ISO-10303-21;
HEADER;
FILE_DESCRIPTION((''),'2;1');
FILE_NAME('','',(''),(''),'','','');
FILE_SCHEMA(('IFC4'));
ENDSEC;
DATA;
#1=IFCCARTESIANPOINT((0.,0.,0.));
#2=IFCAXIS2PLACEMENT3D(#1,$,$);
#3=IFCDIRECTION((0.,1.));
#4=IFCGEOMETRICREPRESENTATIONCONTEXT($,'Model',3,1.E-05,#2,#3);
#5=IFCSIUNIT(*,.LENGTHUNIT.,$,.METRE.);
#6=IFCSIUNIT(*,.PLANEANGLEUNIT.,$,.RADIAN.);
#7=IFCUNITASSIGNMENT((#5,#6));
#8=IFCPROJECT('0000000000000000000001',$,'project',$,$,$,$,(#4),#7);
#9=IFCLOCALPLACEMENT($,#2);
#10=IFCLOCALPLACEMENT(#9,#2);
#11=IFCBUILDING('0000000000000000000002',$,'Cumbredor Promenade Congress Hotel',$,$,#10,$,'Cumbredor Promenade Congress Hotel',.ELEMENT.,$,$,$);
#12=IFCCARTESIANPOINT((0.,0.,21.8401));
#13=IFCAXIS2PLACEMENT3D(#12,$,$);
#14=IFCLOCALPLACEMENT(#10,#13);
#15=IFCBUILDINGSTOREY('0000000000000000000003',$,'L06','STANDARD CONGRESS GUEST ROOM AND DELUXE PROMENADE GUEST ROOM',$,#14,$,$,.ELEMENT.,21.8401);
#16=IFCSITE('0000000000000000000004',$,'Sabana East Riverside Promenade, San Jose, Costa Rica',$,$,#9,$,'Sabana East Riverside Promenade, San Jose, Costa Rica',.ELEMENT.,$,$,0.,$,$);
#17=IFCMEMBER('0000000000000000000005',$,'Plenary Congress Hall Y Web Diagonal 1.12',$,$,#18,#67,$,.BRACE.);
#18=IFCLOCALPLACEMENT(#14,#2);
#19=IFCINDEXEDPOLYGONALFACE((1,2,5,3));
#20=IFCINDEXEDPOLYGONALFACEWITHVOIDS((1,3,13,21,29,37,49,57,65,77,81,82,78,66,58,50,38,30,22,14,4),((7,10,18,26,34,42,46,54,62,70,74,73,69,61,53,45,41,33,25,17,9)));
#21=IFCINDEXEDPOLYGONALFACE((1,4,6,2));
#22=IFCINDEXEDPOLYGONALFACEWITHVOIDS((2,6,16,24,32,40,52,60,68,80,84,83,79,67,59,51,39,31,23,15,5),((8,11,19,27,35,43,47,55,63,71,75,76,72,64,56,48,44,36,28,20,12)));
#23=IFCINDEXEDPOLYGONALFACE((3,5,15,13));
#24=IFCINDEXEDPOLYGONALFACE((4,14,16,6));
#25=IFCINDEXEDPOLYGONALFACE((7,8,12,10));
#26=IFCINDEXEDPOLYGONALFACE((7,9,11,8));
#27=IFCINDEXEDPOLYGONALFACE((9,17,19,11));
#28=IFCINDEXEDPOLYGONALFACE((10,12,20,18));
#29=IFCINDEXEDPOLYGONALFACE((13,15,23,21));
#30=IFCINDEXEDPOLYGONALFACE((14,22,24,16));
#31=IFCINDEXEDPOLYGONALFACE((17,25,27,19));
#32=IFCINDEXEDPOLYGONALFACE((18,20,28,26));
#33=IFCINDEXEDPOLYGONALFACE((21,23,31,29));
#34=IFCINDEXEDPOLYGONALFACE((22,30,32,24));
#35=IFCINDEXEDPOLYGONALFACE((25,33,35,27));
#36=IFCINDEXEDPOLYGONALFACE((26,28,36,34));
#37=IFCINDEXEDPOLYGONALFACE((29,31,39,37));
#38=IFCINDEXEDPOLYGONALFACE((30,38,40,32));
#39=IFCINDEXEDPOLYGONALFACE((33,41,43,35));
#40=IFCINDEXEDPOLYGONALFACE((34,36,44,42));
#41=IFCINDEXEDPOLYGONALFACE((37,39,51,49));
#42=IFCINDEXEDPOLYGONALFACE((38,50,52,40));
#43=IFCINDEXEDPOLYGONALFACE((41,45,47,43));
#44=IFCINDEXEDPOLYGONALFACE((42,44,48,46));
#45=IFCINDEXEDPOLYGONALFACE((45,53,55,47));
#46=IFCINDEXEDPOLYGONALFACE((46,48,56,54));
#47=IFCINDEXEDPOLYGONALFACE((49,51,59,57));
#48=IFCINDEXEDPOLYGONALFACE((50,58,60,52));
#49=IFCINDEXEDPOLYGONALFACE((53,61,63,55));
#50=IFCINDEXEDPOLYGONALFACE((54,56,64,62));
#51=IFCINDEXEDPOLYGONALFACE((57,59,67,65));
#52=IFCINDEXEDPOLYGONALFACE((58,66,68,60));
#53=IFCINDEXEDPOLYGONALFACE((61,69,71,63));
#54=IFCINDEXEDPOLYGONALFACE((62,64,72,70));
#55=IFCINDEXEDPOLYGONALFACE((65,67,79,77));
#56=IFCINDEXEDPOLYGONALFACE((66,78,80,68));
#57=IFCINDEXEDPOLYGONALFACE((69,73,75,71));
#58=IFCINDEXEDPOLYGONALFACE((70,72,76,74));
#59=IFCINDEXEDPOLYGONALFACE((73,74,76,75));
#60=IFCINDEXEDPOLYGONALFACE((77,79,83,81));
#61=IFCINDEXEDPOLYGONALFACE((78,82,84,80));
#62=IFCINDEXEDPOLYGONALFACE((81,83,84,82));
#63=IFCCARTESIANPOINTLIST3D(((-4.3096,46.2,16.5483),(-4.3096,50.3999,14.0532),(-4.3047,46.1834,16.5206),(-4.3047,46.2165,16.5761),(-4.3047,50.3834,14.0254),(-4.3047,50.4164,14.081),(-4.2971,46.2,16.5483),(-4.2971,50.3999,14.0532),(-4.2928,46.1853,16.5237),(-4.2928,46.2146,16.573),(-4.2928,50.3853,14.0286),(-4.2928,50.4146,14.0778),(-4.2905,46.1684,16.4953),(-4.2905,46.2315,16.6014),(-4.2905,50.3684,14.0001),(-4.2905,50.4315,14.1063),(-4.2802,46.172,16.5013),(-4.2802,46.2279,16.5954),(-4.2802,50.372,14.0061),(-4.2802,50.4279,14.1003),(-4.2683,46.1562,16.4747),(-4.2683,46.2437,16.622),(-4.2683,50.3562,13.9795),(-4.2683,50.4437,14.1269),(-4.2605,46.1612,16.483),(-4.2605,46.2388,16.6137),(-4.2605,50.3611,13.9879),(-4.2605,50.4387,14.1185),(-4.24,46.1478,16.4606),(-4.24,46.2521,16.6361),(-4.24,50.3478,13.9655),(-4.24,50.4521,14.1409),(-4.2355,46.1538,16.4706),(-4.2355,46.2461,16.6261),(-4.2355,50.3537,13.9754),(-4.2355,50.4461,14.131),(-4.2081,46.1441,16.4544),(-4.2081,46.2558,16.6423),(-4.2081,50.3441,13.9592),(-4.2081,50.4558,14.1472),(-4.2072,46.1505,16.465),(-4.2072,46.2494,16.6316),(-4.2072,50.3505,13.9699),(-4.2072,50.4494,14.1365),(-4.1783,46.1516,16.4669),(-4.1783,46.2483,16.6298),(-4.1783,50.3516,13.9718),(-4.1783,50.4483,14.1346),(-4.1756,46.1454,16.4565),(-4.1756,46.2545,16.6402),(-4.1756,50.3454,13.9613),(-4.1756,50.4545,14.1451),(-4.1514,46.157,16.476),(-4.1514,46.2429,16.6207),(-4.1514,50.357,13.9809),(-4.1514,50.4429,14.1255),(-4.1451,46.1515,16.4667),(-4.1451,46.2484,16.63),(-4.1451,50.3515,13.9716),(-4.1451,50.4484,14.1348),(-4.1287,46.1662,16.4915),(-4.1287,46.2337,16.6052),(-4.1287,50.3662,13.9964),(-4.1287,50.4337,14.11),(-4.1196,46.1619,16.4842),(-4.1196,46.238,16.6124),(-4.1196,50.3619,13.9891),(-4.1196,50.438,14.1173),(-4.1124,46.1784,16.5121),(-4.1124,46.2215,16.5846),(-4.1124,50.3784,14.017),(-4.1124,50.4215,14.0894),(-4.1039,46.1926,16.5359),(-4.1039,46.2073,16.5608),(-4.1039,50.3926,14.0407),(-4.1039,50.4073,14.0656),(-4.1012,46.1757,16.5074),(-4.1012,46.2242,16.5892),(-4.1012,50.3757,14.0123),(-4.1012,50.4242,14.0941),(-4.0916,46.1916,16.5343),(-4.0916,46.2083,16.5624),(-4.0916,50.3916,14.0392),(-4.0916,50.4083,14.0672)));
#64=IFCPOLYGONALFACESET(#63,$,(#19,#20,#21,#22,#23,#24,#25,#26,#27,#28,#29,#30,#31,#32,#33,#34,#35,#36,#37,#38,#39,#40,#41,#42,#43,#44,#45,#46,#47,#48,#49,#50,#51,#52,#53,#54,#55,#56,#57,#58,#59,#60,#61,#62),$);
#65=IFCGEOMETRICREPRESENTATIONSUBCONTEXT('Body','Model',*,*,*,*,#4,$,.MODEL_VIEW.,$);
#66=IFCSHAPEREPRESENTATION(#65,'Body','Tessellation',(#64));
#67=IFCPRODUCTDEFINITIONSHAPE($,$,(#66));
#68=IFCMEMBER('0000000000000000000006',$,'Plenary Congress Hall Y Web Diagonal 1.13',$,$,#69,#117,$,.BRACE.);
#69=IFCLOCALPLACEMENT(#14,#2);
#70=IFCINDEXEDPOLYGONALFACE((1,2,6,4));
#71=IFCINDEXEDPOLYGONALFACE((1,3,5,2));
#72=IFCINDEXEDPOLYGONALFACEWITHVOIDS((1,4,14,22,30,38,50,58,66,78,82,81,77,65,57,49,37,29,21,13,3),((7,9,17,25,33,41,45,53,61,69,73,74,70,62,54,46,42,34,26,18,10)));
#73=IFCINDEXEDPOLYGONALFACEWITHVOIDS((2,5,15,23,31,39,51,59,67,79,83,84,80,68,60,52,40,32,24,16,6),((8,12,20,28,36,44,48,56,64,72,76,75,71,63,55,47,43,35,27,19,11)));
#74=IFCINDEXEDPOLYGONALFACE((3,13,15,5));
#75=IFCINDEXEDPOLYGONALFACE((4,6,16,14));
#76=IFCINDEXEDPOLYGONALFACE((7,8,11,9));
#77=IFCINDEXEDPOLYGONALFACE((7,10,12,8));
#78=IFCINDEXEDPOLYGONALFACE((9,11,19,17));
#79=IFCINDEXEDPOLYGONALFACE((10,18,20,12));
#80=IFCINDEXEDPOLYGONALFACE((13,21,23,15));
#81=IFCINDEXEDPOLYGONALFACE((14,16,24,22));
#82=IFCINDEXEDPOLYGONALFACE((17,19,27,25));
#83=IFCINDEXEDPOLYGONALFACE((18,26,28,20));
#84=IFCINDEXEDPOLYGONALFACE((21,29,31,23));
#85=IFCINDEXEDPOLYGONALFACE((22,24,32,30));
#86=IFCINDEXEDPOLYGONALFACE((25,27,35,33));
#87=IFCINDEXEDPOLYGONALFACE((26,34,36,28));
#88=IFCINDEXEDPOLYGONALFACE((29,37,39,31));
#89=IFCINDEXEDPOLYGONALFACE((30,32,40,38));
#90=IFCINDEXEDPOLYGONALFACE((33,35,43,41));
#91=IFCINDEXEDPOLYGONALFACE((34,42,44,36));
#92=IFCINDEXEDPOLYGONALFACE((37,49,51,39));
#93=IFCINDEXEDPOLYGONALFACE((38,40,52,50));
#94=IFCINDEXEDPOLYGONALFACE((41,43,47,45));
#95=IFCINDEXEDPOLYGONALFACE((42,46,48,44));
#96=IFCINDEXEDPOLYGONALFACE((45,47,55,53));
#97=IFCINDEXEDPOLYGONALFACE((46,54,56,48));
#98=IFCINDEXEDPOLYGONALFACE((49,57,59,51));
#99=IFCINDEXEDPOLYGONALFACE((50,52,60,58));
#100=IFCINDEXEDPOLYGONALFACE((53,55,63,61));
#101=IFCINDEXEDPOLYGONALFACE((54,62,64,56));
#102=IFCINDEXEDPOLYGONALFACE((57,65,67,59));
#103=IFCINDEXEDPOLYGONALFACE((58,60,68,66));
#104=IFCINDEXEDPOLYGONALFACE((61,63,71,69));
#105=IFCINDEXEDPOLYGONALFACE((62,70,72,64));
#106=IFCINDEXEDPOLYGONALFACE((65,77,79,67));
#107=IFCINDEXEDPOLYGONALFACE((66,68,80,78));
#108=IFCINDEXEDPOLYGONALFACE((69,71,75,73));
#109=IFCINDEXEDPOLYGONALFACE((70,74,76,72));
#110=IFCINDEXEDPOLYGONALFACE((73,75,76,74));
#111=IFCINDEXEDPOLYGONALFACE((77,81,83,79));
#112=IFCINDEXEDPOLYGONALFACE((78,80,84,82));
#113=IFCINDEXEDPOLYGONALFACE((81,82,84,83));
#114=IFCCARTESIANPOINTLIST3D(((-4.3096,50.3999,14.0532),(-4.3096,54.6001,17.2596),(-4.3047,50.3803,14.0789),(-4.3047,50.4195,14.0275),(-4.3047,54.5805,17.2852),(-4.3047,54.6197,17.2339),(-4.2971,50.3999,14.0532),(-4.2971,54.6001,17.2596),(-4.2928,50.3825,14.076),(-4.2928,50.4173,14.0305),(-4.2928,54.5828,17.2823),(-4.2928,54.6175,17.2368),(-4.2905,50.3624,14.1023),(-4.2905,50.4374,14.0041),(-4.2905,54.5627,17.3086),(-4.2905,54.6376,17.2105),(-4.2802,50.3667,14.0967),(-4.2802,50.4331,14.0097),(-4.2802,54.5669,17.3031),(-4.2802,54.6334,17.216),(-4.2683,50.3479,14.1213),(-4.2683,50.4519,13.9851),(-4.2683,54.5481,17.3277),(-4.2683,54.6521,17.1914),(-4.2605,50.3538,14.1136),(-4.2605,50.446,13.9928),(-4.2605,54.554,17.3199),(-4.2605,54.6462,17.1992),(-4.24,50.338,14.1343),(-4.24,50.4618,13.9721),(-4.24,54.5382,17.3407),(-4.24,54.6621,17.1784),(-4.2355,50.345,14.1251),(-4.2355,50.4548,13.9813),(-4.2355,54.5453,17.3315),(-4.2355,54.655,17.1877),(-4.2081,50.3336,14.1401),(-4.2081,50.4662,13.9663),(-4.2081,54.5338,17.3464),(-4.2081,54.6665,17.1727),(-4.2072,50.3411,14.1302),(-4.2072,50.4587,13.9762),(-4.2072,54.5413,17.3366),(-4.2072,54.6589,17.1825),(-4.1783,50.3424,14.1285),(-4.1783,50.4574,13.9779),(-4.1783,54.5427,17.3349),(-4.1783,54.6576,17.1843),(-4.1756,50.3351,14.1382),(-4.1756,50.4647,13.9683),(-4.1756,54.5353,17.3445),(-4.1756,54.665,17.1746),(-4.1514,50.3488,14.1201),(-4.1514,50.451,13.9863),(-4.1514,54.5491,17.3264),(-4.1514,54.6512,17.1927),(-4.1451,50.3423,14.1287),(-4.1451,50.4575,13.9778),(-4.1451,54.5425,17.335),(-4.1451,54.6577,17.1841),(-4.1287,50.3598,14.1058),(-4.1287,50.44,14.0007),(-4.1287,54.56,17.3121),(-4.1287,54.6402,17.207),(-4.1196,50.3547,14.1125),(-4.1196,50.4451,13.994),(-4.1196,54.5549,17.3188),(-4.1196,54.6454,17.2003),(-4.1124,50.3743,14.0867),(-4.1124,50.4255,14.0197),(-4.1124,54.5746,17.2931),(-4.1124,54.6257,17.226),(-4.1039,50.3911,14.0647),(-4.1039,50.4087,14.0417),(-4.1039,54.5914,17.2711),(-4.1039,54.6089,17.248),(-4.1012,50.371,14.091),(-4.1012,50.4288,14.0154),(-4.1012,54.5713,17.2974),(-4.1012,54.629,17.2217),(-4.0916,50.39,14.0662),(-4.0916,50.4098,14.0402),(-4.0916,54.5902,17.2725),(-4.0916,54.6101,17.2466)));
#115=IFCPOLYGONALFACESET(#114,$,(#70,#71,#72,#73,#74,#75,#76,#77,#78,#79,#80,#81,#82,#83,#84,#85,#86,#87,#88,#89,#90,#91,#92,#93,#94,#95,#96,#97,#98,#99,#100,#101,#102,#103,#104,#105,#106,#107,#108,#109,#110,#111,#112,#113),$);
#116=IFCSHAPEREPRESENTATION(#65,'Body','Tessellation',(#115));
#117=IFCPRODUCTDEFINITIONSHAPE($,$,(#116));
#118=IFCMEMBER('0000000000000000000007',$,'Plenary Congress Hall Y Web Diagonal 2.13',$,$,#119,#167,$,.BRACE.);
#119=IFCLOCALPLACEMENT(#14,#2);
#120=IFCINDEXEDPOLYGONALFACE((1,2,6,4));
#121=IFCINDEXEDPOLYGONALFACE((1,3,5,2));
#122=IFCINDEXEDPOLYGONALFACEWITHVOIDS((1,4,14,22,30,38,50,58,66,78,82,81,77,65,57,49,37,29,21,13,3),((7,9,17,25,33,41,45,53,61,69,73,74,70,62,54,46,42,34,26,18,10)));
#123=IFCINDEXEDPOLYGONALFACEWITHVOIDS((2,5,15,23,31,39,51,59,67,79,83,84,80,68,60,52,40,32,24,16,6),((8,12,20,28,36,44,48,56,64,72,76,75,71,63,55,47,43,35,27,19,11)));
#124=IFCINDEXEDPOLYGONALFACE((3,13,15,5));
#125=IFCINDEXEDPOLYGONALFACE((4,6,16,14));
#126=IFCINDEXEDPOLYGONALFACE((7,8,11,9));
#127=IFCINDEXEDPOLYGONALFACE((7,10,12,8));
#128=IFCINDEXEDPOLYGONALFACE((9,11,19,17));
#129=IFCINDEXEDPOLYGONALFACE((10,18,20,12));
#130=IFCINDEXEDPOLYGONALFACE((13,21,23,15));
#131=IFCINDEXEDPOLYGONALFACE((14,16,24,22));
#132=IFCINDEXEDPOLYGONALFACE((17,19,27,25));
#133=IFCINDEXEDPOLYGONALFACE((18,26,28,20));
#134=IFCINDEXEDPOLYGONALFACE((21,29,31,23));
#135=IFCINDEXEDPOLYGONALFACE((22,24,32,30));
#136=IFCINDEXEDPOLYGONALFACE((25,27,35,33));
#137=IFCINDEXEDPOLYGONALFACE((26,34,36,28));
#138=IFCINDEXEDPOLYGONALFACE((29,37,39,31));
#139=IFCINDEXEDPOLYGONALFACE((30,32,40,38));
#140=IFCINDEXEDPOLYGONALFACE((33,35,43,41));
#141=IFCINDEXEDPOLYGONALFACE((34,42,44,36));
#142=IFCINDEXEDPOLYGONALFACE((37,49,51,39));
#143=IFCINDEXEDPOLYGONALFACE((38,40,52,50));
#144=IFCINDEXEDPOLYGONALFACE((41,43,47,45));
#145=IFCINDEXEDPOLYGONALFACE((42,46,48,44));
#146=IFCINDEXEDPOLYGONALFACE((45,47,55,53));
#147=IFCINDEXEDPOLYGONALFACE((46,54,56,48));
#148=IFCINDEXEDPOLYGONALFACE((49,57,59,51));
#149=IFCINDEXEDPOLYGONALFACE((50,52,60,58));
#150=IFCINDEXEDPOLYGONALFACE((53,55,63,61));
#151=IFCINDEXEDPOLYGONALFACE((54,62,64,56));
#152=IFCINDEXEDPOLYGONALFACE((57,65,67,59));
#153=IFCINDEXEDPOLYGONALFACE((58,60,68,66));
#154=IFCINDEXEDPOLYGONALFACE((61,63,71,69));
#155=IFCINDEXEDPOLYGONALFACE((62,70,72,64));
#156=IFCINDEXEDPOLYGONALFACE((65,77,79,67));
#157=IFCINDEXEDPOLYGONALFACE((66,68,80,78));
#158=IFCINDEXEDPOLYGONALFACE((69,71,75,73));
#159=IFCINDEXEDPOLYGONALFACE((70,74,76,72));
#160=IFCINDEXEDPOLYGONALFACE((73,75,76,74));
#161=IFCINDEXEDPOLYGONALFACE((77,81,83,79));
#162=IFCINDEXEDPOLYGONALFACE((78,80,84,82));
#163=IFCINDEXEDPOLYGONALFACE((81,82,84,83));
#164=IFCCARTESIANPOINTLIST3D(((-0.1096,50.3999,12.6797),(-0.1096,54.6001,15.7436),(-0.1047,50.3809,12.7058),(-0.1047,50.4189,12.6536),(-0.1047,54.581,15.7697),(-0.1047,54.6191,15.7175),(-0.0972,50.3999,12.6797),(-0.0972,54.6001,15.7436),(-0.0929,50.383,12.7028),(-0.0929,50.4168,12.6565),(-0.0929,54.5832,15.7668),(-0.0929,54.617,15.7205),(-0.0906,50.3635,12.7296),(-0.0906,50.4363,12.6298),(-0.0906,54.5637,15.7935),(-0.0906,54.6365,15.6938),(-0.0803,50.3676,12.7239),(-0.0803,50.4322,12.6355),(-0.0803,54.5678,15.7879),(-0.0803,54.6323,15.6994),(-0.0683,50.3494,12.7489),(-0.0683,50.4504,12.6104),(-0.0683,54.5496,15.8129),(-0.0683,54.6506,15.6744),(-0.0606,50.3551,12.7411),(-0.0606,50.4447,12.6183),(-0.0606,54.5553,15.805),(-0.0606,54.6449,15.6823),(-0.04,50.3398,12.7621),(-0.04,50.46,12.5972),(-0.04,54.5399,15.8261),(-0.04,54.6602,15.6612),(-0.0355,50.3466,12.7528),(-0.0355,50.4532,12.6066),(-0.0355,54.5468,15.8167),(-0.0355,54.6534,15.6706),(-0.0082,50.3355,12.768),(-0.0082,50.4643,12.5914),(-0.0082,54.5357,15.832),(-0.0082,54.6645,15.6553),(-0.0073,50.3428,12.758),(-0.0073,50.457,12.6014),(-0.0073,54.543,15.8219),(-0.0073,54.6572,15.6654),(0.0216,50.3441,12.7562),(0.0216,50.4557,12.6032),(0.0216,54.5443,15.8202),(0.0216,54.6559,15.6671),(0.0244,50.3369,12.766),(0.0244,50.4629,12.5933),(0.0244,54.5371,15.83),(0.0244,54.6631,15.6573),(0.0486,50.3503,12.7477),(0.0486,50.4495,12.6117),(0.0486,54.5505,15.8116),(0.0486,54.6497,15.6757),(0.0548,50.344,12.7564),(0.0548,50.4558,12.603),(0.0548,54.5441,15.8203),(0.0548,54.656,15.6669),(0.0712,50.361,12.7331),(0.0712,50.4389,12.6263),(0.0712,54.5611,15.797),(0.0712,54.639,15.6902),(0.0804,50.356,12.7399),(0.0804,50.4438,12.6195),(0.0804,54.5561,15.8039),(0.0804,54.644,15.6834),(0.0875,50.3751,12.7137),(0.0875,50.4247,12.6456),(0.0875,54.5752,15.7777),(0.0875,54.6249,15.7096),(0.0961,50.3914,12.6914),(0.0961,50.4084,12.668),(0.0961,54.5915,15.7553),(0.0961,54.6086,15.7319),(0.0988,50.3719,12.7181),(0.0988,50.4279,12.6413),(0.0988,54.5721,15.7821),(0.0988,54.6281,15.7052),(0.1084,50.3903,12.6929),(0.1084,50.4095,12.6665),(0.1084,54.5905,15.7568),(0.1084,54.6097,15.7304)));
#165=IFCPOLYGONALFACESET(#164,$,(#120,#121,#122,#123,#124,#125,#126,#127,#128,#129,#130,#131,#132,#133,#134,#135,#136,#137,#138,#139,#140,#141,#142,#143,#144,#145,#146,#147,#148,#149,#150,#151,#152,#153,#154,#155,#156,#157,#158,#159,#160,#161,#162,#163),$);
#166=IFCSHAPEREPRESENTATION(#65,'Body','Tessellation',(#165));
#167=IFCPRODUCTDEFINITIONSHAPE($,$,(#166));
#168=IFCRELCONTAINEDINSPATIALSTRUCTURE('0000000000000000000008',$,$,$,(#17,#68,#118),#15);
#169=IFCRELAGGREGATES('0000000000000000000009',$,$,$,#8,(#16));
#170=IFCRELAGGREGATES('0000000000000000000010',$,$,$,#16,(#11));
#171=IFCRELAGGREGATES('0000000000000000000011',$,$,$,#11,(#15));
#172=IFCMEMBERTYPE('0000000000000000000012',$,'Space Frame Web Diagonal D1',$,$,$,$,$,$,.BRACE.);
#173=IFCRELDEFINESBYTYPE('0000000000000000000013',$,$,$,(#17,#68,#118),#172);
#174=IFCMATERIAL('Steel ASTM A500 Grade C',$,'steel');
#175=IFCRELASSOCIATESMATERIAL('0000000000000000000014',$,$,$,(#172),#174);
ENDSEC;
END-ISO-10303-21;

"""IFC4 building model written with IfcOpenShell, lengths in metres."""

from ifc_helpers import new_model, si_unit, direction, frame, origin, origin_2d, place, context, subcontext, project, spatial, hollow_circle, extrude, material, material_profile, profile_set, type_object, element, save


model = new_model("IFC4")

# Units and contexts
model_context = context("Model", 3, precision=1e-05, world=origin(), true_north=direction((0.0, 1.0)))
body_context = subcontext(model_context, "Body", "Model", "MODEL_VIEW")
ifc_project = project(units=[si_unit("LENGTHUNIT", "METRE"), si_unit("PLANEANGLEUNIT", "RADIAN")], contexts=[model_context])

# Site, building, storey
site_placement = place(None, origin())
site = spatial("IfcSite", under=ifc_project, at=site_placement, Name="Sabana East Riverside Promenade, San Jose, Costa Rica", LongName="Sabana East Riverside Promenade, San Jose, Costa Rica", CompositionType="ELEMENT", RefElevation=0.0)
building_placement = place(site_placement, origin())
building = spatial("IfcBuilding", under=site, at=building_placement, Name="Cumbredor Promenade Congress Hotel", LongName="Cumbredor Promenade Congress Hotel", CompositionType="ELEMENT")
storey_placement = place(building_placement, frame((0.0, 0.0, 21.8401)))
storey = spatial("IfcBuildingStorey", under=building, at=storey_placement, Name="L06", Description="STANDARD CONGRESS GUEST ROOM AND DELUXE PROMENADE GUEST ROOM", CompositionType="ELEMENT", Elevation=21.8401)

# Members
ifc_material_1 = material(Name="Steel ASTM A500 Grade C", Category="steel")
ifc_material_profile_1 = material_profile(ifc_material_1, hollow_circle(Radius=0.1096, WallThickness=0.0125, at=origin_2d()), Name="CHS 219.1x12.5")
ifc_profile_set_1 = profile_set([ifc_material_profile_1], Name="Steel ASTM A500 Grade C")
member_type_1 = type_object("IfcMemberType", Name="Space Frame Web Diagonal D1", PredefinedType="BRACE", material=ifc_profile_set_1)
member_1_placement = place(storey_placement, frame((-4.2, 46.2, 16.5483), z_axis=(0.0, 0.859729, -0.51075), x_axis=(-1.0, 0.0, 0.0)))
element("IfcMember", 1, at=member_1_placement, inside=storey, type_object=member_type_1, Name="Plenary Congress Hall Y Web Diagonal 1.12", PredefinedType="BRACE", context=body_context, shape_type="SweptSolid", body=[
    extrude(hollow_circle(Radius=0.1096, WallThickness=0.0125, at=origin_2d()), origin(), (0.0, 0.0, 1.0), 4.8853),
])
member_2_placement = place(storey_placement, frame((-4.2, 50.3999, 14.0532), z_axis=(0.0, 0.79487, 0.606779), x_axis=(-1.0, 0.0, 0.0)))
element("IfcMember", 2, at=member_2_placement, inside=storey, type_object=member_type_1, Name="Plenary Congress Hall Y Web Diagonal 1.13", PredefinedType="BRACE", context=body_context, shape_type="SweptSolid", body=[
    extrude(hollow_circle(Radius=0.1096, WallThickness=0.0125, at=origin_2d()), origin(), (0.0, 0.0, 1.0), 5.2842),
])
member_3_placement = place(storey_placement, frame((0.0, 50.3999, 12.6797), z_axis=(0.0, 0.807886, 0.589338), x_axis=(-1.0, 0.0, 0.0)))
element("IfcMember", 3, at=member_3_placement, inside=storey, type_object=member_type_1, Name="Plenary Congress Hall Y Web Diagonal 2.13", PredefinedType="BRACE", context=body_context, shape_type="SweptSolid", body=[
    extrude(hollow_circle(Radius=0.1096, WallThickness=0.0125, at=origin_2d()), origin(), (0.0, 0.0, 1.0), 5.199),
])

save(model, "model.ifc")
